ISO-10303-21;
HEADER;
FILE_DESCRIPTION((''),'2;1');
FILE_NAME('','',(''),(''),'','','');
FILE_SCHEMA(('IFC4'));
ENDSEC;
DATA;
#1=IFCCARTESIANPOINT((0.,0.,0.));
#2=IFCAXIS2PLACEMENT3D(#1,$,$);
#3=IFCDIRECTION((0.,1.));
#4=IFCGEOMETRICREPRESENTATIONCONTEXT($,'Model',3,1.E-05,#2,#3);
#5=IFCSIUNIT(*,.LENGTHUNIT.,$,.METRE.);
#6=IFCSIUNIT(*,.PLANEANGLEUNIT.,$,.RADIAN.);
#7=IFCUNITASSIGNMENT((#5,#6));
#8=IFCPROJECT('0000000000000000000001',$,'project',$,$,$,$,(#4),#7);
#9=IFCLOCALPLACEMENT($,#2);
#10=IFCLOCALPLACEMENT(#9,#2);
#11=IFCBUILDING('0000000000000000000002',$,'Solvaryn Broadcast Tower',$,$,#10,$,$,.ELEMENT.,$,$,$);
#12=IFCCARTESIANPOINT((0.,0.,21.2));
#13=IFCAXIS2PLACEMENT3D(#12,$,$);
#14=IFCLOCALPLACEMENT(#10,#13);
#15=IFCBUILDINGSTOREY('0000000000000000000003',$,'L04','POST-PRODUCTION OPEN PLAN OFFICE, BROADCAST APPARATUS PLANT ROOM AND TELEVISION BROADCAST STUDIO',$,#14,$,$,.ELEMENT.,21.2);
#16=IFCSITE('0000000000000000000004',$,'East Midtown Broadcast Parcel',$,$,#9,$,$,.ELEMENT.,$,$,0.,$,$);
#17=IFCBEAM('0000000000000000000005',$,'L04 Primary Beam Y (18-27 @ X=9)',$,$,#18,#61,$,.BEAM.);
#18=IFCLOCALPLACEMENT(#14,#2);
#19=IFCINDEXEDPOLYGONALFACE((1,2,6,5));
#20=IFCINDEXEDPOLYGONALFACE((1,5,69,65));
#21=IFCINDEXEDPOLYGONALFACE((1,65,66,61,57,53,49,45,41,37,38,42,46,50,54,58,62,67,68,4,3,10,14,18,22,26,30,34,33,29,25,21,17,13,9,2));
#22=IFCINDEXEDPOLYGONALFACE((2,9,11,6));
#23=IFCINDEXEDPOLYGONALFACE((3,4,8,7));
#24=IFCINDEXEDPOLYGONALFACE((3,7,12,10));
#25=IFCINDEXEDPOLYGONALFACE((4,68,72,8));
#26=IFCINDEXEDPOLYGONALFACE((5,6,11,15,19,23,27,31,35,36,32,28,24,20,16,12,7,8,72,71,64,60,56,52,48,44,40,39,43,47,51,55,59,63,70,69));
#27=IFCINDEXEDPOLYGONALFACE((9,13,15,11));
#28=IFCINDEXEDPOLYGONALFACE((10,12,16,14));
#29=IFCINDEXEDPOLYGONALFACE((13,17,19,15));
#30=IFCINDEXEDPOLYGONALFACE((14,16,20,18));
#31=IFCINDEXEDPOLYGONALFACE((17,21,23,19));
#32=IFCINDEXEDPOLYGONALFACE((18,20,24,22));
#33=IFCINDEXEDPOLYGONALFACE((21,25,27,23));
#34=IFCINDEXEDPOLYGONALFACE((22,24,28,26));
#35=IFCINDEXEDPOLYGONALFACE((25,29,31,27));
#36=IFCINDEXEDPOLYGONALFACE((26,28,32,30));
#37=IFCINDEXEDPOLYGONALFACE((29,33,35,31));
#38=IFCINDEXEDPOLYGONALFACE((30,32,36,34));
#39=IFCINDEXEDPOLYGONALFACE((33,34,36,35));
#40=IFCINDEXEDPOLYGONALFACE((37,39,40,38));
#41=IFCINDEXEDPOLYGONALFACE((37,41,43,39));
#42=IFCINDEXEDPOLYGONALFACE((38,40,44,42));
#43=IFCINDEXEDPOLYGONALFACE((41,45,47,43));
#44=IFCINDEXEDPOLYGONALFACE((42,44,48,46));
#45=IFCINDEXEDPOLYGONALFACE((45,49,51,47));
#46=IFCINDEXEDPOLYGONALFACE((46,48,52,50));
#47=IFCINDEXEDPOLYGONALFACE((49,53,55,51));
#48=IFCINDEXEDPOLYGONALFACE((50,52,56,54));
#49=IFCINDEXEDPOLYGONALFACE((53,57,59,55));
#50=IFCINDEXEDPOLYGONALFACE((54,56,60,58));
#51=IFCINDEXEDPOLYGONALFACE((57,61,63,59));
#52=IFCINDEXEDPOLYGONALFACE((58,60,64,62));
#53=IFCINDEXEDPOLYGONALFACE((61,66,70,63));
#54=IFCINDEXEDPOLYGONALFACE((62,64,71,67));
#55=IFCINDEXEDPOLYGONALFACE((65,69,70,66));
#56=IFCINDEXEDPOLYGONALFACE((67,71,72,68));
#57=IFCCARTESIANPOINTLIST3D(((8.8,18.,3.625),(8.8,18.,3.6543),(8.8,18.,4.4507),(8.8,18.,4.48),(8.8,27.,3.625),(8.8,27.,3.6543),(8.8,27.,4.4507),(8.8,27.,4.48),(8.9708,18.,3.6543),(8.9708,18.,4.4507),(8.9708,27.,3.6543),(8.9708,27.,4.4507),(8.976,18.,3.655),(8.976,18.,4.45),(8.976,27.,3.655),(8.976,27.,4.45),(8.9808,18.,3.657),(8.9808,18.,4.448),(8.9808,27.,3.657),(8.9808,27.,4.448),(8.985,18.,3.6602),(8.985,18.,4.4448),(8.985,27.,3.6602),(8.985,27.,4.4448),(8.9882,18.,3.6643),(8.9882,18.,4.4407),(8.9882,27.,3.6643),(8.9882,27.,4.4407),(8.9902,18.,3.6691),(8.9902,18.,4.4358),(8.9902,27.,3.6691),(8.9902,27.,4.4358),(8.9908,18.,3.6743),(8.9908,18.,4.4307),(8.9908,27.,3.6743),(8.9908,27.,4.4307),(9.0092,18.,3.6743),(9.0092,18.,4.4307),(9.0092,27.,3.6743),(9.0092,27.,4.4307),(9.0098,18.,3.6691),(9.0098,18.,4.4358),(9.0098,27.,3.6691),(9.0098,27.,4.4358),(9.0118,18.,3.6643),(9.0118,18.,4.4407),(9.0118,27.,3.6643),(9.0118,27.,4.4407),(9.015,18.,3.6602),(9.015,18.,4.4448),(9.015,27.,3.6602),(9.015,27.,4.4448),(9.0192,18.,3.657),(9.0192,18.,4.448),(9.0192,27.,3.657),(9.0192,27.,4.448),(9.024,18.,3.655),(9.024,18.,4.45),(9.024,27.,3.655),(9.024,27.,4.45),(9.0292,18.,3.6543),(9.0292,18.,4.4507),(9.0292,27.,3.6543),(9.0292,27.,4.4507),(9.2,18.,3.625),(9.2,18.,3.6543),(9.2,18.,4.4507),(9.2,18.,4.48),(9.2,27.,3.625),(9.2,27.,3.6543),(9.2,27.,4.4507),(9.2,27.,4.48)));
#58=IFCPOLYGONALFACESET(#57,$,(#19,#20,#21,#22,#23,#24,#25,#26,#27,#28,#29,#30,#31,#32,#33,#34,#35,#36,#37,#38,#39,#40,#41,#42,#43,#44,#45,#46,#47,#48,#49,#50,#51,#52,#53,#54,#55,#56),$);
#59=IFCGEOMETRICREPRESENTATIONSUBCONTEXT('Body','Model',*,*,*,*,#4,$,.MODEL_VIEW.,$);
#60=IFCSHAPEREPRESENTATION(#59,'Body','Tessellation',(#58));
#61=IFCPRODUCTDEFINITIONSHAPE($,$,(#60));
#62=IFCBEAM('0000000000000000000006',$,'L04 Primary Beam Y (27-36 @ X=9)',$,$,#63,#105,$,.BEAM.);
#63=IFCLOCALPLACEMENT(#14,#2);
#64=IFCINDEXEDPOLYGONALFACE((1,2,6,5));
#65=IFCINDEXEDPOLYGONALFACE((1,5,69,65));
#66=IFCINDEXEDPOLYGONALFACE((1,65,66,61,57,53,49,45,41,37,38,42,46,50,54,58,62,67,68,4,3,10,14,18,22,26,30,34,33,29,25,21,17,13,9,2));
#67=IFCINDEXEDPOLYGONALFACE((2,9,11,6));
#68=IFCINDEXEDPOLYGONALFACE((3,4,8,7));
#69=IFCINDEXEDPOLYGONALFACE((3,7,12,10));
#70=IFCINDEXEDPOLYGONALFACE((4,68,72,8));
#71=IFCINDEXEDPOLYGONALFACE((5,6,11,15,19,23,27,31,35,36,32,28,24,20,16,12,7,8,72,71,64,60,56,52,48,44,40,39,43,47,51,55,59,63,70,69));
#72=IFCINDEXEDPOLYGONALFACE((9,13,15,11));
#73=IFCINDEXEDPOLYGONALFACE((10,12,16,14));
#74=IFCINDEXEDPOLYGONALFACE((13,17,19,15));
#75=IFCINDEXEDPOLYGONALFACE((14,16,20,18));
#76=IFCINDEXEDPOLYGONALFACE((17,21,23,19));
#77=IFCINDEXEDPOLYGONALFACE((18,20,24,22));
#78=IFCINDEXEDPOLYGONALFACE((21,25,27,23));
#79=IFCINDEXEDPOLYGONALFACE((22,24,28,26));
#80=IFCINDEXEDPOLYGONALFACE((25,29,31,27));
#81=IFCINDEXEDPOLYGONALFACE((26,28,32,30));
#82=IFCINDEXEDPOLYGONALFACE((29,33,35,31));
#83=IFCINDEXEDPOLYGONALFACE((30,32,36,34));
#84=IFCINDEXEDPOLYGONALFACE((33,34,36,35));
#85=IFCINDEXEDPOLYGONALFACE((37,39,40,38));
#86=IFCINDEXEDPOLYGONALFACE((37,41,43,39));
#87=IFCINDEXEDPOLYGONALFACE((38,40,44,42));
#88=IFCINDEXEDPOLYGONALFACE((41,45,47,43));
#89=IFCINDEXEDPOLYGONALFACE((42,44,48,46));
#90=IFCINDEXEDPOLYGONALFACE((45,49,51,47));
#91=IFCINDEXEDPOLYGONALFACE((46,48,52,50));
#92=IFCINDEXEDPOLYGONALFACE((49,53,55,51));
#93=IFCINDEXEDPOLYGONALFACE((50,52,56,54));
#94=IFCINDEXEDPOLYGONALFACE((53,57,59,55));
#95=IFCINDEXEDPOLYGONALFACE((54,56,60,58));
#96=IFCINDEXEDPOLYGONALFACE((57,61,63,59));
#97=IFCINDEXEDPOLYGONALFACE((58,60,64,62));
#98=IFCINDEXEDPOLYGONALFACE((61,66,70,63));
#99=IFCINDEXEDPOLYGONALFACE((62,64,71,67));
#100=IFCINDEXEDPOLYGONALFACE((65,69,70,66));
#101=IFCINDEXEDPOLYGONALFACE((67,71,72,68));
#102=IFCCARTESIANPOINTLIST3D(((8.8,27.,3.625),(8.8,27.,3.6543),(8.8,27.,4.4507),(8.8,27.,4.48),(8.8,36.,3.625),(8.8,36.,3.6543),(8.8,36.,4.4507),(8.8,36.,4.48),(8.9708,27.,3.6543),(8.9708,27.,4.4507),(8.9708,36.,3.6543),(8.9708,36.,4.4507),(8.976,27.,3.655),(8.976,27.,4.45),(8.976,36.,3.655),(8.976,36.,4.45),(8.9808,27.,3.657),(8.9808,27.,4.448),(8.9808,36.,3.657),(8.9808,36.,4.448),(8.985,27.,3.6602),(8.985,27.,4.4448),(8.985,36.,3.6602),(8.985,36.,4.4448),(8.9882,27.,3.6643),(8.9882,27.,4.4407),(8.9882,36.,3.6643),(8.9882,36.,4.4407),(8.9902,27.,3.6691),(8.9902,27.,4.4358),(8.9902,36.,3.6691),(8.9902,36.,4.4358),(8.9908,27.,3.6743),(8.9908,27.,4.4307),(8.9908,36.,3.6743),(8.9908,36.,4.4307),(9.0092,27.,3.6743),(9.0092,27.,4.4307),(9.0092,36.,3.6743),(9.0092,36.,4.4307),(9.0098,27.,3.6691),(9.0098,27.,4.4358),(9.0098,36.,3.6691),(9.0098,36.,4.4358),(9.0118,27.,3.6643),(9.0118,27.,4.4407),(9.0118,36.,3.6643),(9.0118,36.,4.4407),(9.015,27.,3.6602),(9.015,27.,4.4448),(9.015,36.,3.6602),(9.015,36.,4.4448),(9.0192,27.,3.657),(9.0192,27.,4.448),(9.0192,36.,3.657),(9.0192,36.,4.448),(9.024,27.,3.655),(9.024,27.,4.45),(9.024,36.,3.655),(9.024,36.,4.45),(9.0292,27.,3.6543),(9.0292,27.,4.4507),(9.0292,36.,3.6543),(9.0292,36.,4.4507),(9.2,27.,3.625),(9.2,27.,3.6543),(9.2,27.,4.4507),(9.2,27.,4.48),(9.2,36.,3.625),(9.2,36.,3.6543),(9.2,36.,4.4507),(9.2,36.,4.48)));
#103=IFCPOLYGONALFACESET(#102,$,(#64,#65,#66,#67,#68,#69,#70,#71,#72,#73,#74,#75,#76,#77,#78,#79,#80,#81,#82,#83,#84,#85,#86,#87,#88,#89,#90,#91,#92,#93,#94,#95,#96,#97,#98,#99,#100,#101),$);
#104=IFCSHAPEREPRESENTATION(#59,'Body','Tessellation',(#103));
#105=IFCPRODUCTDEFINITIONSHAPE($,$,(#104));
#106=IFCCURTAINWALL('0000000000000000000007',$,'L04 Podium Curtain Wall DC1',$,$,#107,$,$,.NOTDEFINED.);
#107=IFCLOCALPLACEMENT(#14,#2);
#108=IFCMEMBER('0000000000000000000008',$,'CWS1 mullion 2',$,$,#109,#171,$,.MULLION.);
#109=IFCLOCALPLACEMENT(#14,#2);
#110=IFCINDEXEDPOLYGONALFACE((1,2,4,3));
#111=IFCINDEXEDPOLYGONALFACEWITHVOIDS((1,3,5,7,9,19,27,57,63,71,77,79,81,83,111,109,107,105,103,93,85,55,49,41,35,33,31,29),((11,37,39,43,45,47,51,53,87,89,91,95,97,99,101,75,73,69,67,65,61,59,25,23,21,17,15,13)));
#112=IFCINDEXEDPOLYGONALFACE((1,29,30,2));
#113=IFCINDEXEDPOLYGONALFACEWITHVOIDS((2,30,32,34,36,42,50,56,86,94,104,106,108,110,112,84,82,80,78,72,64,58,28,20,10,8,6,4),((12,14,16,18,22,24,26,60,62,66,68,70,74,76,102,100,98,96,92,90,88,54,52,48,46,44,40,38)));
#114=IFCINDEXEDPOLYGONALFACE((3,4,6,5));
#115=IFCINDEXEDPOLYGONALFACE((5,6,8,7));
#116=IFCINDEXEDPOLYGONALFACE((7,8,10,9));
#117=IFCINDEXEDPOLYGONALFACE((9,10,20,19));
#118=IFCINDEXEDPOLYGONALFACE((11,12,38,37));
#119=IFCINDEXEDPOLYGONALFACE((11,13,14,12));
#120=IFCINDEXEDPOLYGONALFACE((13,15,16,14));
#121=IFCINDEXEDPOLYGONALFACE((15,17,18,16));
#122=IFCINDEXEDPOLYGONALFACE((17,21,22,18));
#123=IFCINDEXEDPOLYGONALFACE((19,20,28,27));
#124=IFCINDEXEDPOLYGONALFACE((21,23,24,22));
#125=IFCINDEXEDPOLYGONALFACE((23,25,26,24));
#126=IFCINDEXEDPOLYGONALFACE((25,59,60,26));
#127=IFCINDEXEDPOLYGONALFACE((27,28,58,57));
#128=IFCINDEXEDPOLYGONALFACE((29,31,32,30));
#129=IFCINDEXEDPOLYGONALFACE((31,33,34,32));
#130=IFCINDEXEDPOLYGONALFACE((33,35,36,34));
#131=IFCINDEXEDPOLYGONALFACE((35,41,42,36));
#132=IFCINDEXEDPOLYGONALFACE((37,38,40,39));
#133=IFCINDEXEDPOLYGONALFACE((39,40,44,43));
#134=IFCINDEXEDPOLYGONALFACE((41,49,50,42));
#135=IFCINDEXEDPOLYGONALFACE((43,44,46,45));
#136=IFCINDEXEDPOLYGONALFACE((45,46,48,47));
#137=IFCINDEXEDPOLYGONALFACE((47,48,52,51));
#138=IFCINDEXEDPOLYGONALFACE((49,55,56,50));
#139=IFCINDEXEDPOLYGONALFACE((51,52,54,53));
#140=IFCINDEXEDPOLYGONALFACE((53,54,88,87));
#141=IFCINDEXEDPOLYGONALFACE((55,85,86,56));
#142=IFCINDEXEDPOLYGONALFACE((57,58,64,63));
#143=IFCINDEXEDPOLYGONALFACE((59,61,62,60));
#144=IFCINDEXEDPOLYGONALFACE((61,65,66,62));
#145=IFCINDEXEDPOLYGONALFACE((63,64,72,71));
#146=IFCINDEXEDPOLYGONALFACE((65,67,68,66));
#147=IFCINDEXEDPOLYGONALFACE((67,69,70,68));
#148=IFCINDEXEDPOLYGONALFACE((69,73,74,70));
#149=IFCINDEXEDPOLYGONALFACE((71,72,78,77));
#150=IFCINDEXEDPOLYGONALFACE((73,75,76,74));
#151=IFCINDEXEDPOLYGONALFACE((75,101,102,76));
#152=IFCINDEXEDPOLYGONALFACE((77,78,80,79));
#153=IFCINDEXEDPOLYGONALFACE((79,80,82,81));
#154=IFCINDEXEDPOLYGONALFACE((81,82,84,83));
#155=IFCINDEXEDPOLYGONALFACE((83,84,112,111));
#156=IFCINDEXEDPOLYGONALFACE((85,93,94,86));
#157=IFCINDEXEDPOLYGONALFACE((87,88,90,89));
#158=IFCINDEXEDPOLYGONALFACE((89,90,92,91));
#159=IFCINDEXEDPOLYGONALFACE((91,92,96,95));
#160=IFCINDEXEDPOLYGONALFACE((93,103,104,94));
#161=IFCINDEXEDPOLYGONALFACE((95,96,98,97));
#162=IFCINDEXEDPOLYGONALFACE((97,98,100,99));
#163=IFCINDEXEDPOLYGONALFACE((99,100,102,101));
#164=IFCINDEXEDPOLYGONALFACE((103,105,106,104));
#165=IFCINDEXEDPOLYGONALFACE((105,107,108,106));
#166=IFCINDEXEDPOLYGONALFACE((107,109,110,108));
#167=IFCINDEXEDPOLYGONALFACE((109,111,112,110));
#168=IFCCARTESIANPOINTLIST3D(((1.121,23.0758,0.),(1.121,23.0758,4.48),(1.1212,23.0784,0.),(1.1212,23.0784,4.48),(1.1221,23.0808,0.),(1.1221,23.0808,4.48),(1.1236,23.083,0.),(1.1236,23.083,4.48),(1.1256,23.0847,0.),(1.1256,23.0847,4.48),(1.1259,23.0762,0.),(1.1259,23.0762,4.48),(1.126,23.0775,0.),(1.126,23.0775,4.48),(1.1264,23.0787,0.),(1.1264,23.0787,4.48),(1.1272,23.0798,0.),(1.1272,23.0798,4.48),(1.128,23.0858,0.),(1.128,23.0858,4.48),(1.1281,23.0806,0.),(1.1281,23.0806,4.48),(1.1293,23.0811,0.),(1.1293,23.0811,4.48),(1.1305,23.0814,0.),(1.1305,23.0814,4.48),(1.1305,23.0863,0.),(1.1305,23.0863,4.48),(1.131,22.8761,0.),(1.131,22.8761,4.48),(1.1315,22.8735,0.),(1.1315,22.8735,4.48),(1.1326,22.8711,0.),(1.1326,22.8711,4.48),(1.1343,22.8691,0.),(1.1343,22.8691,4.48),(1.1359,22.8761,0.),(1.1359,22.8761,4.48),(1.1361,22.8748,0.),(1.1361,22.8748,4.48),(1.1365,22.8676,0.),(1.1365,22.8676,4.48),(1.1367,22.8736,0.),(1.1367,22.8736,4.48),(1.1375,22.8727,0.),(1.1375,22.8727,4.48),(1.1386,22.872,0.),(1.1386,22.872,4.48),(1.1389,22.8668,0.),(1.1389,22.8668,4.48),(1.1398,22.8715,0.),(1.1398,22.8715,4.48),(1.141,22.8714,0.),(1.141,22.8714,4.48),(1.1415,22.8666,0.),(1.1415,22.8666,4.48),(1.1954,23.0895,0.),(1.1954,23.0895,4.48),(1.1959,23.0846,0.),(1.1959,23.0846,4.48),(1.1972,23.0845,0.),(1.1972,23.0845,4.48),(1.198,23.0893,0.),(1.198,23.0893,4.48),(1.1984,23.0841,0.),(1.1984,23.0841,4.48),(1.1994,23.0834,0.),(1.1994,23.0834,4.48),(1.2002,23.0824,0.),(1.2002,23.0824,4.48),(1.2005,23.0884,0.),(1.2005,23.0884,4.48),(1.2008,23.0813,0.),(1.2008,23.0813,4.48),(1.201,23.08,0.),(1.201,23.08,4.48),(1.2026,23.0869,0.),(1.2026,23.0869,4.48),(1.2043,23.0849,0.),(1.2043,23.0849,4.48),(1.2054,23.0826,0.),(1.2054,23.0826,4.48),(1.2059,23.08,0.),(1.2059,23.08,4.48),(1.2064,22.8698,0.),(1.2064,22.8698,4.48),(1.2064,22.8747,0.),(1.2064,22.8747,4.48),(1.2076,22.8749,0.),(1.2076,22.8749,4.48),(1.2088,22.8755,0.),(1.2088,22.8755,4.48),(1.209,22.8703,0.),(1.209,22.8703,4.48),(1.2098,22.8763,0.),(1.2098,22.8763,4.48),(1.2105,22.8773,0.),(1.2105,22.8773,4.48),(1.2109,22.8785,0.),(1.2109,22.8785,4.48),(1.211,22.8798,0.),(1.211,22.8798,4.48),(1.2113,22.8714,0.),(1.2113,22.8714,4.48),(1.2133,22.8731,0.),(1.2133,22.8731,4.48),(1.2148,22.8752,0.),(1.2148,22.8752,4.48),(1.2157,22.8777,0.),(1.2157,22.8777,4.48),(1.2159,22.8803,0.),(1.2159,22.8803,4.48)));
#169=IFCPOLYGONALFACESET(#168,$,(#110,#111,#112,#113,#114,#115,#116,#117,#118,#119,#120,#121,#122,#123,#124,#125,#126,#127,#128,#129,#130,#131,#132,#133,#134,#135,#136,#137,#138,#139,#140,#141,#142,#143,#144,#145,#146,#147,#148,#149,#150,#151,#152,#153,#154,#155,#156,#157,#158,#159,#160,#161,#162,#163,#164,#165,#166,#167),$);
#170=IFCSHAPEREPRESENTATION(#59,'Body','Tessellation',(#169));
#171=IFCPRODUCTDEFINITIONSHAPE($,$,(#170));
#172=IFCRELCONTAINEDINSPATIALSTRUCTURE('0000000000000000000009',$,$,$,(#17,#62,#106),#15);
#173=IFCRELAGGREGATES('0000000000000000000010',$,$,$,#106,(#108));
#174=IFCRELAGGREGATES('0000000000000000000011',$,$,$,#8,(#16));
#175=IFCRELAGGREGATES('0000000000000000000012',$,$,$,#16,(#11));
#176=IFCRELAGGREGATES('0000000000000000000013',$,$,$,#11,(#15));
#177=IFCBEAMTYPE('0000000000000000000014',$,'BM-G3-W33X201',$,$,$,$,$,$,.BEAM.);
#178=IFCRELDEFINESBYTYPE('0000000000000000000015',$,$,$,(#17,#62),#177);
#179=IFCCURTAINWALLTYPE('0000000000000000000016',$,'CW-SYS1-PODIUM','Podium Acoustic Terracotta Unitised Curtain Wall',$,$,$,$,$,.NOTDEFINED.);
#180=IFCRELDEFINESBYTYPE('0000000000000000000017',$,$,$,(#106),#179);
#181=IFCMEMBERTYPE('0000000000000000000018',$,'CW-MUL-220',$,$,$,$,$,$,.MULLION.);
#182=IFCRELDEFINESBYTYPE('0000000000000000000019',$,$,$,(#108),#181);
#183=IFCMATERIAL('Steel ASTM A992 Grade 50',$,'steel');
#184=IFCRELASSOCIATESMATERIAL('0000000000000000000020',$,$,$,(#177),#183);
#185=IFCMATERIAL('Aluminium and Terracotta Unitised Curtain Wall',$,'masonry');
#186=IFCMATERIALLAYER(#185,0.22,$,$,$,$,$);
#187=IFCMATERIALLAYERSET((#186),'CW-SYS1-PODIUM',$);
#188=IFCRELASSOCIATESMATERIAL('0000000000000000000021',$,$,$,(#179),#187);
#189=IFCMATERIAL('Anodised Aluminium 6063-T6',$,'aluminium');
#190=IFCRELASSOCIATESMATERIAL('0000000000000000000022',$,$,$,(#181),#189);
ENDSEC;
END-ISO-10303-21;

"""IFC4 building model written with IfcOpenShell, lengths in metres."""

from ifc_helpers import new_model, si_unit, direction, frame, origin, origin_2d, place, context, subcontext, project, spatial, hollow_rectangle, i_section, extrude, material, layer, layer_set, material_profile, profile_set, type_object, element, aggregate, save


model = new_model("IFC4")

# Units and contexts
model_context = context("Model", 3, precision=1e-05, world=origin(), true_north=direction((0.0, 1.0)))
body_context = subcontext(model_context, "Body", "Model", "MODEL_VIEW")
ifc_project = project(units=[si_unit("LENGTHUNIT", "METRE"), si_unit("PLANEANGLEUNIT", "RADIAN")], contexts=[model_context])

# Site, building, storey
site_placement = place(None, origin())
site = spatial("IfcSite", under=ifc_project, at=site_placement, Name="East Midtown Broadcast Parcel", CompositionType="ELEMENT", RefElevation=0.0)
building_placement = place(site_placement, origin())
building = spatial("IfcBuilding", under=site, at=building_placement, Name="Solvaryn Broadcast Tower", CompositionType="ELEMENT")
storey_placement = place(building_placement, frame((0.0, 0.0, 21.2)))
storey = spatial("IfcBuildingStorey", under=building, at=storey_placement, Name="L04", Description="POST-PRODUCTION OPEN PLAN OFFICE, BROADCAST APPARATUS PLANT ROOM AND TELEVISION BROADCAST STUDIO", CompositionType="ELEMENT", Elevation=21.2)

# Beams
ifc_material_1 = material(Name="Steel ASTM A992 Grade 50", Category="steel")
ifc_material_profile_1 = material_profile(ifc_material_1, i_section(OverallWidth=0.3999, OverallDepth=0.855, WebThickness=0.0183, FlangeThickness=0.0293, FilletRadius=0.02, at=origin_2d()))
ifc_profile_set_1 = profile_set([ifc_material_profile_1], Name="Steel ASTM A992 Grade 50")
beam_type_1 = type_object("IfcBeamType", Name="BM-G3-W33X201", PredefinedType="BEAM", material=ifc_profile_set_1)
for number, where, z_axis, x_axis, name in (
    (1, (9.0, 18.0, 4.0525), (0.0, 1.0, 0.0), (-1.0, 0.0, 0.0), "L04 Primary Beam Y (18-27 @ X=9)"),
    (2, (9.0, 27.0, 4.0525), (0.0, 1.0, 0.0), (-1.0, 0.0, 0.0), "L04 Primary Beam Y (27-36 @ X=9)"),
):
    element("IfcBeam", number, at=place(storey_placement, frame(where, z_axis=z_axis, x_axis=x_axis)), inside=storey, type_object=beam_type_1, Name=name, PredefinedType="BEAM", context=body_context, shape_type="SweptSolid", body=[
        extrude(i_section(OverallWidth=0.3999, OverallDepth=0.855, WebThickness=0.0183, FlangeThickness=0.0293, FilletRadius=0.02, at=origin_2d()), origin(), (0.0, 0.0, 1.0), 9.0),
    ])

# Curtain wall, member
ifc_material_2 = material(Name="Aluminium and Terracotta Unitised Curtain Wall", Category="masonry")
ifc_layer_1 = layer(ifc_material_2, 0.22)
ifc_layer_set_1 = layer_set([ifc_layer_1], Name="CW-SYS1-PODIUM")
curtain_wall_type = type_object("IfcCurtainWallType", Name="CW-SYS1-PODIUM", Description="Podium Acoustic Terracotta Unitised Curtain Wall", PredefinedType="NOTDEFINED", material=ifc_layer_set_1)
curtain_wall_1_placement = place(storey_placement, origin())
curtain_wall_1 = element("IfcCurtainWall", 3, at=curtain_wall_1_placement, inside=storey, type_object=curtain_wall_type, Name="L04 Podium Curtain Wall DC1", PredefinedType="NOTDEFINED")
ifc_material_3 = material(Name="Anodised Aluminium 6063-T6", Category="aluminium")
ifc_material_profile_2 = material_profile(ifc_material_3, hollow_rectangle(XDim=0.085, YDim=0.22, WallThickness=0.0049, InnerFilletRadius=0.0049, OuterFilletRadius=0.01, at=origin_2d()))
ifc_profile_set_2 = profile_set([ifc_material_profile_2], Name="Anodised Aluminium 6063-T6")
member_type_1 = type_object("IfcMemberType", Name="CW-MUL-220", PredefinedType="MULLION", material=ifc_profile_set_2)
member_1_placement = place(storey_placement, frame((1.1685, 22.978, 0.0), z_axis=(0.0, 0.0, 1.0), x_axis=(0.998752, 0.049954, 0.0)))
member_1 = element("IfcMember", 4, at=member_1_placement, type_object=member_type_1, Name="CWS1 mullion 2", PredefinedType="MULLION", context=body_context, shape_type="SweptSolid", body=[
    extrude(hollow_rectangle(XDim=0.085, YDim=0.22, WallThickness=0.0049, InnerFilletRadius=0.0049, OuterFilletRadius=0.01, at=origin_2d()), origin(), (0.0, 0.0, 1.0), 4.48),
])

aggregate(curtain_wall_1, [member_1])

save(model, "model.ifc")
